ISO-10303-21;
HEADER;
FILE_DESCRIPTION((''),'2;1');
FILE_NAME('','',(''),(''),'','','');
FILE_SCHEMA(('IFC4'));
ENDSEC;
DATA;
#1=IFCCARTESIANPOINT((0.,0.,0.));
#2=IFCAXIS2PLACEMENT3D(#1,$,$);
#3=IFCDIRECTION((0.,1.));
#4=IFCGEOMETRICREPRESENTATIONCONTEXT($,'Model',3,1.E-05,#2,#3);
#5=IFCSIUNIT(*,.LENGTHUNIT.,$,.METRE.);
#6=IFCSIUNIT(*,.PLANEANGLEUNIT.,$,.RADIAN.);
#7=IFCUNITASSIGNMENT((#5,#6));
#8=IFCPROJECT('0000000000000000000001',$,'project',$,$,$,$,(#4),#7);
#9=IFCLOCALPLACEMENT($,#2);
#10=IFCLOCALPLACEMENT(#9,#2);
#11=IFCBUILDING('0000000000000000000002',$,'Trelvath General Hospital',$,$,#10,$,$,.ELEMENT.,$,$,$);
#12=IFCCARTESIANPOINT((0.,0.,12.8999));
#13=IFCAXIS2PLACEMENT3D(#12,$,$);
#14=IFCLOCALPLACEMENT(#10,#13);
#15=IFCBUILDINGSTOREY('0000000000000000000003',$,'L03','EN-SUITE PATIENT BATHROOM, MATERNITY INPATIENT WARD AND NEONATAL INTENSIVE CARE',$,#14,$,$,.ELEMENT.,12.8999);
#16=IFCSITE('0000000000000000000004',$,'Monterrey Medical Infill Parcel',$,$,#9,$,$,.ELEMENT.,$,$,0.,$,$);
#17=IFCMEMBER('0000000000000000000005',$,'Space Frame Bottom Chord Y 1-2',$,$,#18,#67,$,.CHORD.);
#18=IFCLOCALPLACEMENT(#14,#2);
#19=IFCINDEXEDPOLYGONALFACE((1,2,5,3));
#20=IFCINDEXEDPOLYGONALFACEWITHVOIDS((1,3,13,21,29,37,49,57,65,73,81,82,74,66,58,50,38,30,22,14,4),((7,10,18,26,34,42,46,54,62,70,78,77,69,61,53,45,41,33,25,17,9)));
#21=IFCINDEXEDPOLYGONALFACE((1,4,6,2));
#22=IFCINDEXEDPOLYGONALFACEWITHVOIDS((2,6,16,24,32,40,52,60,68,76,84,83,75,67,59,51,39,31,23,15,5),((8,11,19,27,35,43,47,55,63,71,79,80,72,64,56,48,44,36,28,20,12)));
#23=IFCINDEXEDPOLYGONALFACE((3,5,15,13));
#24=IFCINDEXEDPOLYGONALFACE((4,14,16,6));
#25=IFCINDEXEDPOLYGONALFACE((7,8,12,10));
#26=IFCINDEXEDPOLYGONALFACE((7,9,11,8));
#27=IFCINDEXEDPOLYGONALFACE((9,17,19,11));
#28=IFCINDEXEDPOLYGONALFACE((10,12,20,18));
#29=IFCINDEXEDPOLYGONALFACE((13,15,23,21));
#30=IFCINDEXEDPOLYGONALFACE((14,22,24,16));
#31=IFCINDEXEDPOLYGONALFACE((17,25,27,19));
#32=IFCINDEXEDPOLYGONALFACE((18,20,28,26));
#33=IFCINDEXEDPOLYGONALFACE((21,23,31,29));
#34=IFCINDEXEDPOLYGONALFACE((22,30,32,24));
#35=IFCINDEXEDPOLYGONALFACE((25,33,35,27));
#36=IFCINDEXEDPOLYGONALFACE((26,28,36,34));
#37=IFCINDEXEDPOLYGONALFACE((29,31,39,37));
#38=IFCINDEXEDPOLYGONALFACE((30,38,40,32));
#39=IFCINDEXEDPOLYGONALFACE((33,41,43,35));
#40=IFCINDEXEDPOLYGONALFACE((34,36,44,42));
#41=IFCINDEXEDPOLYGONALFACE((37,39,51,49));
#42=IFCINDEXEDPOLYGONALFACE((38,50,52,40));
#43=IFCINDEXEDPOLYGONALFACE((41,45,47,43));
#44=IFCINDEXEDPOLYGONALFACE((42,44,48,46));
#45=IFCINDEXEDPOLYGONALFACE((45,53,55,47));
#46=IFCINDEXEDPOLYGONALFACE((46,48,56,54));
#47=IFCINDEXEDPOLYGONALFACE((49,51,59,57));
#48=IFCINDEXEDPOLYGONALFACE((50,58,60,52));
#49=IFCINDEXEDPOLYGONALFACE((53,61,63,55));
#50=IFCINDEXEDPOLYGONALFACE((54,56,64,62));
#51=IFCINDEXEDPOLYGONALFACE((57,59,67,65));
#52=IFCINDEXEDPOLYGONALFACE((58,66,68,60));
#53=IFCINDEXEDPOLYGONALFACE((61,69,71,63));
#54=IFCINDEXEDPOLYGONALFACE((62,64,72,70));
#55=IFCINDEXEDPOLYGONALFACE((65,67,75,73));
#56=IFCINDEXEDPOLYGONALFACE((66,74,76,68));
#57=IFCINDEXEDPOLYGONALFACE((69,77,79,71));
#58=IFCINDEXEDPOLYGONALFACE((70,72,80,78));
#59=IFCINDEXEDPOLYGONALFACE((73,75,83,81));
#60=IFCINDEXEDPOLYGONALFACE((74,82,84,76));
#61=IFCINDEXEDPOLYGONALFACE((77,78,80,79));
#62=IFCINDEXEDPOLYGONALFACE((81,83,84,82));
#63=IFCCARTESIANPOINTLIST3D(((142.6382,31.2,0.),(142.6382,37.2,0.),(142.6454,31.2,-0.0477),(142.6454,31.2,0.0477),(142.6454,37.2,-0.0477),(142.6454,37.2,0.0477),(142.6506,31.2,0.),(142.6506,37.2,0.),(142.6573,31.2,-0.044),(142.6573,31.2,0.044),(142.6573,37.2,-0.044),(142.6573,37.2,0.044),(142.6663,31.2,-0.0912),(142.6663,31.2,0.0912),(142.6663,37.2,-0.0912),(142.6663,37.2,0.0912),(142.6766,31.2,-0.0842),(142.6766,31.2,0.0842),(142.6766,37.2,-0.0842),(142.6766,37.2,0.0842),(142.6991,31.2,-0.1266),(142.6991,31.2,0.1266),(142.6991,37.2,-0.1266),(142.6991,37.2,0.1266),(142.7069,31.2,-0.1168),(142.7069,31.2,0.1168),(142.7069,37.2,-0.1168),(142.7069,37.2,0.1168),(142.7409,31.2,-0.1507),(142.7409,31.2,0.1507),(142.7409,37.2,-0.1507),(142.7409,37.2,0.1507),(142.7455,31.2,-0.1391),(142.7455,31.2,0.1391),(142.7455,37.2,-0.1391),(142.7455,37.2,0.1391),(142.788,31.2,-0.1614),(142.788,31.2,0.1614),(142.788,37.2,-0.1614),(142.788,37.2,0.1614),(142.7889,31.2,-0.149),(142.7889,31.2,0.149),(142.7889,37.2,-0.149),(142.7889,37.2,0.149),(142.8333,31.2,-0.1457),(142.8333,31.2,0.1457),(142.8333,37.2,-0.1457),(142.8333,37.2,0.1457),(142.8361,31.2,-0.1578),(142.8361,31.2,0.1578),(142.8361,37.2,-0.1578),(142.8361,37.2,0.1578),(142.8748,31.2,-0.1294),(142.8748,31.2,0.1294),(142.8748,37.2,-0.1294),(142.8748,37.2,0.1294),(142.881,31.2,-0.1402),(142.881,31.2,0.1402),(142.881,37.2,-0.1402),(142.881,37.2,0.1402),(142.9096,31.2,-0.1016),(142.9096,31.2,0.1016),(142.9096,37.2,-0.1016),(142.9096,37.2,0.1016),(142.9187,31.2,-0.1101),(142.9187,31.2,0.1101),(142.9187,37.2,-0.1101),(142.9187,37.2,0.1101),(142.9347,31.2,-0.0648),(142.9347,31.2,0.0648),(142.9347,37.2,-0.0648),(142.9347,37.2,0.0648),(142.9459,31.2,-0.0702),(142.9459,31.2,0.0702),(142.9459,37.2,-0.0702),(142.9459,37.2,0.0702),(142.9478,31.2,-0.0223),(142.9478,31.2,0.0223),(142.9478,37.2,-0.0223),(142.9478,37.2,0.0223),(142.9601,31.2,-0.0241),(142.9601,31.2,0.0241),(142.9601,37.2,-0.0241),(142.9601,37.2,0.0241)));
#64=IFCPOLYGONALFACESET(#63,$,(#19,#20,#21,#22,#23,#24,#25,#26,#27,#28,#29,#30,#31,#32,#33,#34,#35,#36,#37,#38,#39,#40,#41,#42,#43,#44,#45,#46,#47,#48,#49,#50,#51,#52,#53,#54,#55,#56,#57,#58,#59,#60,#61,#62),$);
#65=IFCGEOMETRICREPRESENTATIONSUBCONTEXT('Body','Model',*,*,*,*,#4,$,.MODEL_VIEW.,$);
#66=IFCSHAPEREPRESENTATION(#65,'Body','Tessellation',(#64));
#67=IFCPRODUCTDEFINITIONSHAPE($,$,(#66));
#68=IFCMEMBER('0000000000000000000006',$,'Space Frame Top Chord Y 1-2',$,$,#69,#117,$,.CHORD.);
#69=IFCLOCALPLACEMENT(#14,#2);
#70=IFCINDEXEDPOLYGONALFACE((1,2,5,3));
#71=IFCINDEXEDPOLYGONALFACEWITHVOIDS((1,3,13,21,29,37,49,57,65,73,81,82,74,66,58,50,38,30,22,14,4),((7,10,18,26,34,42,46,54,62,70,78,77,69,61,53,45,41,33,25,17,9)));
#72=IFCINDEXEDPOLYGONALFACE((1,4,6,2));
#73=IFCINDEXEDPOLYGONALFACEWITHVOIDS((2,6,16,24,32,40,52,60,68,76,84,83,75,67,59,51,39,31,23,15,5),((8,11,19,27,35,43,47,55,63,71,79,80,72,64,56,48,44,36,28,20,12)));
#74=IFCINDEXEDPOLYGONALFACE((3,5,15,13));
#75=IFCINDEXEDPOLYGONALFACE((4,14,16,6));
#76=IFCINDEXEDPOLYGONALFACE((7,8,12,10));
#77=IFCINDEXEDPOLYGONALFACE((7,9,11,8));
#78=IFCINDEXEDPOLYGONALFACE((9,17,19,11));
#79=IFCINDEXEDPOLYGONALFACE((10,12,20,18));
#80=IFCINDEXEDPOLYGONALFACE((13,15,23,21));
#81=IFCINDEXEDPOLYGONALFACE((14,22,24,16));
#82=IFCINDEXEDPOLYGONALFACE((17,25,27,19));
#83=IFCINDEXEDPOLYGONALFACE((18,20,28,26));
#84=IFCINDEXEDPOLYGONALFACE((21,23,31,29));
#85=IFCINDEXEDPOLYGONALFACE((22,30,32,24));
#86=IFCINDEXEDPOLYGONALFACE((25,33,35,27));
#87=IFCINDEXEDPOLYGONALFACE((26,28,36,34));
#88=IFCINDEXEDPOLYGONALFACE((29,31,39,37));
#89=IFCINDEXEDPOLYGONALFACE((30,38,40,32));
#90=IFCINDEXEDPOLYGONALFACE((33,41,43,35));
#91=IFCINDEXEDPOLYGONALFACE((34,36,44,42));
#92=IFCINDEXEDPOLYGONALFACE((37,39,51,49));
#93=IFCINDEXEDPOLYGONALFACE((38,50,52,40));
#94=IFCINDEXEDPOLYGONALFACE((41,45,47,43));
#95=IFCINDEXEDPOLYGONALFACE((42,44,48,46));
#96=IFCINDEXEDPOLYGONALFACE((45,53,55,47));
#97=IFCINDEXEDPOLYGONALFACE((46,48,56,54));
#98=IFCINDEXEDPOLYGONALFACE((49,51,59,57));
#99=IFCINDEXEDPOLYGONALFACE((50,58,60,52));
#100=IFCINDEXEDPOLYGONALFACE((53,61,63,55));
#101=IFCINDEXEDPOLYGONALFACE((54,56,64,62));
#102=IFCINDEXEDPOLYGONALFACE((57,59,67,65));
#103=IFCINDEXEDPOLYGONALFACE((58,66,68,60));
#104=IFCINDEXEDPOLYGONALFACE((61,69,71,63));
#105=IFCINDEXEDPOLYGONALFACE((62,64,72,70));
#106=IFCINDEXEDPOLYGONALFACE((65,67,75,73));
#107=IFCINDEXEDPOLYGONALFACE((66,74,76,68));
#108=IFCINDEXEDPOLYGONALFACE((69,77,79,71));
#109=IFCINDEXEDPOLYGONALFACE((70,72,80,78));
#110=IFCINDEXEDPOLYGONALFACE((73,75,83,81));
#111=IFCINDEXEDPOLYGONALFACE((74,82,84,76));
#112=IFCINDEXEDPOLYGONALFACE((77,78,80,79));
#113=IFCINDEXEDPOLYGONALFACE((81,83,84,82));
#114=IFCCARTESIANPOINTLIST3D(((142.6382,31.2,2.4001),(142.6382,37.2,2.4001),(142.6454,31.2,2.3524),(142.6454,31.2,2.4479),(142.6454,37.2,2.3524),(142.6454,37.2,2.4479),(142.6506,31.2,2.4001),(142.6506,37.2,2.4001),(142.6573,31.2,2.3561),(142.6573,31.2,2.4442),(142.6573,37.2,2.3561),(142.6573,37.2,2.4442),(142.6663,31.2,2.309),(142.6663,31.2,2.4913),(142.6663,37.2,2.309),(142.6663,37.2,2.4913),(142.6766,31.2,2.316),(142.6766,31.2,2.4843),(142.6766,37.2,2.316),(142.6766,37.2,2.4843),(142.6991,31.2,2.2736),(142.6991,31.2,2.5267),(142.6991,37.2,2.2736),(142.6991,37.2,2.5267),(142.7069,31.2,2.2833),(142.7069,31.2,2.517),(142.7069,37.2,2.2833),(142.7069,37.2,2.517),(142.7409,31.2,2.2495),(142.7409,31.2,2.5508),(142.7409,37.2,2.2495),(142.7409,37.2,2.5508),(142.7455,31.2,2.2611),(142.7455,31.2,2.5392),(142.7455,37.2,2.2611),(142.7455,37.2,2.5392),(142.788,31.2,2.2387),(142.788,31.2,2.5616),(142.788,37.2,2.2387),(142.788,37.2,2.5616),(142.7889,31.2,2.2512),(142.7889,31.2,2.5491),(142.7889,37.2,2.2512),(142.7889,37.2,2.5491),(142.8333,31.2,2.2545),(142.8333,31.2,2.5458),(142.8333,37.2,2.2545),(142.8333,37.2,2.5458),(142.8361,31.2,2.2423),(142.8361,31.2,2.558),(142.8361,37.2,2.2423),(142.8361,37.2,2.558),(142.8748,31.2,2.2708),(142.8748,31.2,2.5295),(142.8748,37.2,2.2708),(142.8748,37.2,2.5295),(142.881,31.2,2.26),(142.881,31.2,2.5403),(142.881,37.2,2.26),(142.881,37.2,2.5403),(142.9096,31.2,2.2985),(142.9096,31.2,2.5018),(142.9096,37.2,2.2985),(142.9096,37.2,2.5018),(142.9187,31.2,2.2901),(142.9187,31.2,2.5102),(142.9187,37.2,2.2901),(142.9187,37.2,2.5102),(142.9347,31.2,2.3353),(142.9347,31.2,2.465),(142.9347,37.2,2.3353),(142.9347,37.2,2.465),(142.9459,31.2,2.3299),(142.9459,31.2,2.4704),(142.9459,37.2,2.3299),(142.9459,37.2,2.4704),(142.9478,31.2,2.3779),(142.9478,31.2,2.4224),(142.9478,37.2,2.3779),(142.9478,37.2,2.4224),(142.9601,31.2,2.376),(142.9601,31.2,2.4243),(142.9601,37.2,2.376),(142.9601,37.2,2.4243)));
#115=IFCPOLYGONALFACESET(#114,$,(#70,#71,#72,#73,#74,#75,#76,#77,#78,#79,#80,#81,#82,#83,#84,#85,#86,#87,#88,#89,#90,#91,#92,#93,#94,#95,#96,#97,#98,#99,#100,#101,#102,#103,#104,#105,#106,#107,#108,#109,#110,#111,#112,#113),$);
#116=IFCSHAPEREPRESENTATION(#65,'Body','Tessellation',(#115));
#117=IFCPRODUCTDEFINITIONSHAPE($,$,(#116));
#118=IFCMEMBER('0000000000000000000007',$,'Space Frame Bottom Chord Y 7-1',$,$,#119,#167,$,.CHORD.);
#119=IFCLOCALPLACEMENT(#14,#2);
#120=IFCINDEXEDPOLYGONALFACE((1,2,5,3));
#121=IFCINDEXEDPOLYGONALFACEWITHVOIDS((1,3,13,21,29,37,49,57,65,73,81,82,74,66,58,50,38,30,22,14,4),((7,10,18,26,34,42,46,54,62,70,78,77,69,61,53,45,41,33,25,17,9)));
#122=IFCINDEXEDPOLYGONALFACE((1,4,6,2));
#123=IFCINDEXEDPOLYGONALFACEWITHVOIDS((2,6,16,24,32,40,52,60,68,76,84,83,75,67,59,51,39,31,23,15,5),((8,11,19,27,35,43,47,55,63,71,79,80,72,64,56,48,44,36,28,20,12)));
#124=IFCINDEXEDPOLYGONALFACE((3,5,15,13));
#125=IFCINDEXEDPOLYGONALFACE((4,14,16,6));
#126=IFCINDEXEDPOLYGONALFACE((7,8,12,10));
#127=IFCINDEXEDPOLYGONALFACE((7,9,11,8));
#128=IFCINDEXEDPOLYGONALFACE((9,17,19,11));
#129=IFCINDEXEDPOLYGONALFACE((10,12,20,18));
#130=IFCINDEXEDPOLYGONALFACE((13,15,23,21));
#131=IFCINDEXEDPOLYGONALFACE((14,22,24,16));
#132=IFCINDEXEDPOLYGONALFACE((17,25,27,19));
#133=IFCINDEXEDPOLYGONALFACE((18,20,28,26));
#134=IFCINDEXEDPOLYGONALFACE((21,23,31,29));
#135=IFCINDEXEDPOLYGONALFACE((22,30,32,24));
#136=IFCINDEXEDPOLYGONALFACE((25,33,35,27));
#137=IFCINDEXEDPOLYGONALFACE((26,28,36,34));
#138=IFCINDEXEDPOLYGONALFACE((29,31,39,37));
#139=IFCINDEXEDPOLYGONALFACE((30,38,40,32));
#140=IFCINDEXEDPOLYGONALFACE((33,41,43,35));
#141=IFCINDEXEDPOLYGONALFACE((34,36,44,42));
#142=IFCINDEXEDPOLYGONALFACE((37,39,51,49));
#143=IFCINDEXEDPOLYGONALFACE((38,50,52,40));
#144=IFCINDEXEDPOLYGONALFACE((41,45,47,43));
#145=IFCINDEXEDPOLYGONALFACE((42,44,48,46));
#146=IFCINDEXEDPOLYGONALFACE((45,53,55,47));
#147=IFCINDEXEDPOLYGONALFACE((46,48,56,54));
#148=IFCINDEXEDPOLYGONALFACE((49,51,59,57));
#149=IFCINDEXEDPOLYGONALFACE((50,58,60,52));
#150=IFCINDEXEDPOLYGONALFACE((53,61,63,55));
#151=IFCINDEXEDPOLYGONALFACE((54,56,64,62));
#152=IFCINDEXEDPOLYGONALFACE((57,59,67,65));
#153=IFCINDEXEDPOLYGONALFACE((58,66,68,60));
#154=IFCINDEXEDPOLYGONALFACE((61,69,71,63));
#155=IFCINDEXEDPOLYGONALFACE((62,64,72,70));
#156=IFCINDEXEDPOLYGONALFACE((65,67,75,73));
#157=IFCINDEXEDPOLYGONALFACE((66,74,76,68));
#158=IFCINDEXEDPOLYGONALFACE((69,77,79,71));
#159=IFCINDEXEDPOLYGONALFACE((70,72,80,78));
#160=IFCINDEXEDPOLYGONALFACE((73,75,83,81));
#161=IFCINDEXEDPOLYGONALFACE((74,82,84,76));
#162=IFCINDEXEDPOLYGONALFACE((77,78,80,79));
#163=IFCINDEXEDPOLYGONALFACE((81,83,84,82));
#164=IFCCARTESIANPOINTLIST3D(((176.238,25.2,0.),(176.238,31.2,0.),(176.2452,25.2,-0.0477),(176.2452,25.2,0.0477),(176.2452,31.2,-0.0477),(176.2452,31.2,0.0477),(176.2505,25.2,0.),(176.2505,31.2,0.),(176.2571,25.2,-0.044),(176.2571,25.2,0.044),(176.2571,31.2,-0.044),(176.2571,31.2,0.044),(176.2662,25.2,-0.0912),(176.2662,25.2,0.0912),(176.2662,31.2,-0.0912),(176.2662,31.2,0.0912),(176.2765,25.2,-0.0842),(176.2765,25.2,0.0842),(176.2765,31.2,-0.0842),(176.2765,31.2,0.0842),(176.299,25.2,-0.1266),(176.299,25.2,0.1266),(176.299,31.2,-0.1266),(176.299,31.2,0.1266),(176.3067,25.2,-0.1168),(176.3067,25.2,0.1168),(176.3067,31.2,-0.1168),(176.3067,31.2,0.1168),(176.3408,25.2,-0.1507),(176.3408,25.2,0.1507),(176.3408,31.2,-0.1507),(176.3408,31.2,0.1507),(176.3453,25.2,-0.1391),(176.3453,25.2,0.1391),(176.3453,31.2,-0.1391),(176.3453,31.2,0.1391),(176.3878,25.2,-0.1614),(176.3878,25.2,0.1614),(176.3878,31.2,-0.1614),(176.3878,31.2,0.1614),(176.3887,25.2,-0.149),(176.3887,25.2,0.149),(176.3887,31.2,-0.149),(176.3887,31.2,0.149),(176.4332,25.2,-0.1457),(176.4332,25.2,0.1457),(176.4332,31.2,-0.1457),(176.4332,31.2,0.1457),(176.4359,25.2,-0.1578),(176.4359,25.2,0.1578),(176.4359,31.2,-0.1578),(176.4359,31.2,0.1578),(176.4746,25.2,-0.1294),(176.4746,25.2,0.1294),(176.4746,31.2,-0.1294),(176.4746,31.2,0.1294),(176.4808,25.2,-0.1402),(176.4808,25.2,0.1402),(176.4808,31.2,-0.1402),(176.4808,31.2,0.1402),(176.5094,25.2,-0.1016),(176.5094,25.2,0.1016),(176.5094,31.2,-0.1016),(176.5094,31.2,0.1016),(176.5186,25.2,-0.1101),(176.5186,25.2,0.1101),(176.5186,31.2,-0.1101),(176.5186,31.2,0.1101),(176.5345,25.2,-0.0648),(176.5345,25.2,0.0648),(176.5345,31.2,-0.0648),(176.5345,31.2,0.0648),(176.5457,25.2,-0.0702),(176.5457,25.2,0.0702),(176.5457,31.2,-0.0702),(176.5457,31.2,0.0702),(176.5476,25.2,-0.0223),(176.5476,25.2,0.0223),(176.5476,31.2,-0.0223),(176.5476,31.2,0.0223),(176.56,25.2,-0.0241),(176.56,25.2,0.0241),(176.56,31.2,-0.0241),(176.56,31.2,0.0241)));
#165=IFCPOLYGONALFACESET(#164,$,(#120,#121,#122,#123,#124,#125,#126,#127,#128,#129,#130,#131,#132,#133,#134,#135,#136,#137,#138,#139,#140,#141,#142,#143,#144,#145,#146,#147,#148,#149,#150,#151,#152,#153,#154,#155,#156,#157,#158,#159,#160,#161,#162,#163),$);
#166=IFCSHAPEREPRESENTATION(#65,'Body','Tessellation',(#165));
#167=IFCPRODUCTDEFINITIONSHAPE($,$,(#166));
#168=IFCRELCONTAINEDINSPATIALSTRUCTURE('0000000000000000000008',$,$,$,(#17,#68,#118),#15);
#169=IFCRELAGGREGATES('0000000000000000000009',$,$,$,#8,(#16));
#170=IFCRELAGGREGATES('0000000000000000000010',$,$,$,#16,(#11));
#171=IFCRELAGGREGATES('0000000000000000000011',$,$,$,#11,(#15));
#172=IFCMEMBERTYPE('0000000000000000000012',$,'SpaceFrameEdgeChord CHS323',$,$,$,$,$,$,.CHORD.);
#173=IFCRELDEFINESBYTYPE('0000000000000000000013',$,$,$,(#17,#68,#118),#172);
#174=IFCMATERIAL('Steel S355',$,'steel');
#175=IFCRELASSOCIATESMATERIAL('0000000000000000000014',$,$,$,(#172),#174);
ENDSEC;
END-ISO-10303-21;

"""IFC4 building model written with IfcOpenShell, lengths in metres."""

from ifc_helpers import new_model, si_unit, direction, frame, origin, origin_2d, place, context, subcontext, project, spatial, hollow_circle, extrude, material, material_profile, profile_set, type_object, element, save


model = new_model("IFC4")

# Units and contexts
model_context = context("Model", 3, precision=1e-05, world=origin(), true_north=direction((0.0, 1.0)))
body_context = subcontext(model_context, "Body", "Model", "MODEL_VIEW")
ifc_project = project(units=[si_unit("LENGTHUNIT", "METRE"), si_unit("PLANEANGLEUNIT", "RADIAN")], contexts=[model_context])

# Site, building, storey
site_placement = place(None, origin())
site = spatial("IfcSite", under=ifc_project, at=site_placement, Name="Monterrey Medical Infill Parcel", CompositionType="ELEMENT", RefElevation=0.0)
building_placement = place(site_placement, origin())
building = spatial("IfcBuilding", under=site, at=building_placement, Name="Trelvath General Hospital", CompositionType="ELEMENT")
storey_placement = place(building_placement, frame((0.0, 0.0, 12.8999)))
storey = spatial("IfcBuildingStorey", under=building, at=storey_placement, Name="L03", Description="EN-SUITE PATIENT BATHROOM, MATERNITY INPATIENT WARD AND NEONATAL INTENSIVE CARE", CompositionType="ELEMENT", Elevation=12.8999)

# Members
ifc_material_1 = material(Name="Steel S355", Category="steel")
ifc_material_profile_1 = material_profile(ifc_material_1, hollow_circle(Radius=0.1619, WallThickness=0.0125, at=origin_2d()), Name="CHS323.9x12.5")
ifc_profile_set_1 = profile_set([ifc_material_profile_1], Name="Steel S355")
member_type_1 = type_object("IfcMemberType", Name="SpaceFrameEdgeChord CHS323", PredefinedType="CHORD", material=ifc_profile_set_1)
for number, where, z_axis, x_axis, name in (
    (1, (142.8, 31.2, 0.0), (0.0, 1.0, 0.0), (-1.0, 0.0, 0.0), "Space Frame Bottom Chord Y 1-2"),
    (2, (142.8, 31.2, 2.4001), (0.0, 1.0, 0.0), (-1.0, 0.0, 0.0), "Space Frame Top Chord Y 1-2"),
    (3, (176.3999, 25.2, 0.0), (0.0, 1.0, 0.0), (-1.0, 0.0, 0.0), "Space Frame Bottom Chord Y 7-1"),
):
    element("IfcMember", number, at=place(storey_placement, frame(where, z_axis=z_axis, x_axis=x_axis)), inside=storey, type_object=member_type_1, Name=name, PredefinedType="CHORD", context=body_context, shape_type="SweptSolid", body=[
        extrude(hollow_circle(Radius=0.1619, WallThickness=0.0125, at=origin_2d()), origin(), (0.0, 0.0, 1.0), 6.0),
    ])

save(model, "model.ifc")
